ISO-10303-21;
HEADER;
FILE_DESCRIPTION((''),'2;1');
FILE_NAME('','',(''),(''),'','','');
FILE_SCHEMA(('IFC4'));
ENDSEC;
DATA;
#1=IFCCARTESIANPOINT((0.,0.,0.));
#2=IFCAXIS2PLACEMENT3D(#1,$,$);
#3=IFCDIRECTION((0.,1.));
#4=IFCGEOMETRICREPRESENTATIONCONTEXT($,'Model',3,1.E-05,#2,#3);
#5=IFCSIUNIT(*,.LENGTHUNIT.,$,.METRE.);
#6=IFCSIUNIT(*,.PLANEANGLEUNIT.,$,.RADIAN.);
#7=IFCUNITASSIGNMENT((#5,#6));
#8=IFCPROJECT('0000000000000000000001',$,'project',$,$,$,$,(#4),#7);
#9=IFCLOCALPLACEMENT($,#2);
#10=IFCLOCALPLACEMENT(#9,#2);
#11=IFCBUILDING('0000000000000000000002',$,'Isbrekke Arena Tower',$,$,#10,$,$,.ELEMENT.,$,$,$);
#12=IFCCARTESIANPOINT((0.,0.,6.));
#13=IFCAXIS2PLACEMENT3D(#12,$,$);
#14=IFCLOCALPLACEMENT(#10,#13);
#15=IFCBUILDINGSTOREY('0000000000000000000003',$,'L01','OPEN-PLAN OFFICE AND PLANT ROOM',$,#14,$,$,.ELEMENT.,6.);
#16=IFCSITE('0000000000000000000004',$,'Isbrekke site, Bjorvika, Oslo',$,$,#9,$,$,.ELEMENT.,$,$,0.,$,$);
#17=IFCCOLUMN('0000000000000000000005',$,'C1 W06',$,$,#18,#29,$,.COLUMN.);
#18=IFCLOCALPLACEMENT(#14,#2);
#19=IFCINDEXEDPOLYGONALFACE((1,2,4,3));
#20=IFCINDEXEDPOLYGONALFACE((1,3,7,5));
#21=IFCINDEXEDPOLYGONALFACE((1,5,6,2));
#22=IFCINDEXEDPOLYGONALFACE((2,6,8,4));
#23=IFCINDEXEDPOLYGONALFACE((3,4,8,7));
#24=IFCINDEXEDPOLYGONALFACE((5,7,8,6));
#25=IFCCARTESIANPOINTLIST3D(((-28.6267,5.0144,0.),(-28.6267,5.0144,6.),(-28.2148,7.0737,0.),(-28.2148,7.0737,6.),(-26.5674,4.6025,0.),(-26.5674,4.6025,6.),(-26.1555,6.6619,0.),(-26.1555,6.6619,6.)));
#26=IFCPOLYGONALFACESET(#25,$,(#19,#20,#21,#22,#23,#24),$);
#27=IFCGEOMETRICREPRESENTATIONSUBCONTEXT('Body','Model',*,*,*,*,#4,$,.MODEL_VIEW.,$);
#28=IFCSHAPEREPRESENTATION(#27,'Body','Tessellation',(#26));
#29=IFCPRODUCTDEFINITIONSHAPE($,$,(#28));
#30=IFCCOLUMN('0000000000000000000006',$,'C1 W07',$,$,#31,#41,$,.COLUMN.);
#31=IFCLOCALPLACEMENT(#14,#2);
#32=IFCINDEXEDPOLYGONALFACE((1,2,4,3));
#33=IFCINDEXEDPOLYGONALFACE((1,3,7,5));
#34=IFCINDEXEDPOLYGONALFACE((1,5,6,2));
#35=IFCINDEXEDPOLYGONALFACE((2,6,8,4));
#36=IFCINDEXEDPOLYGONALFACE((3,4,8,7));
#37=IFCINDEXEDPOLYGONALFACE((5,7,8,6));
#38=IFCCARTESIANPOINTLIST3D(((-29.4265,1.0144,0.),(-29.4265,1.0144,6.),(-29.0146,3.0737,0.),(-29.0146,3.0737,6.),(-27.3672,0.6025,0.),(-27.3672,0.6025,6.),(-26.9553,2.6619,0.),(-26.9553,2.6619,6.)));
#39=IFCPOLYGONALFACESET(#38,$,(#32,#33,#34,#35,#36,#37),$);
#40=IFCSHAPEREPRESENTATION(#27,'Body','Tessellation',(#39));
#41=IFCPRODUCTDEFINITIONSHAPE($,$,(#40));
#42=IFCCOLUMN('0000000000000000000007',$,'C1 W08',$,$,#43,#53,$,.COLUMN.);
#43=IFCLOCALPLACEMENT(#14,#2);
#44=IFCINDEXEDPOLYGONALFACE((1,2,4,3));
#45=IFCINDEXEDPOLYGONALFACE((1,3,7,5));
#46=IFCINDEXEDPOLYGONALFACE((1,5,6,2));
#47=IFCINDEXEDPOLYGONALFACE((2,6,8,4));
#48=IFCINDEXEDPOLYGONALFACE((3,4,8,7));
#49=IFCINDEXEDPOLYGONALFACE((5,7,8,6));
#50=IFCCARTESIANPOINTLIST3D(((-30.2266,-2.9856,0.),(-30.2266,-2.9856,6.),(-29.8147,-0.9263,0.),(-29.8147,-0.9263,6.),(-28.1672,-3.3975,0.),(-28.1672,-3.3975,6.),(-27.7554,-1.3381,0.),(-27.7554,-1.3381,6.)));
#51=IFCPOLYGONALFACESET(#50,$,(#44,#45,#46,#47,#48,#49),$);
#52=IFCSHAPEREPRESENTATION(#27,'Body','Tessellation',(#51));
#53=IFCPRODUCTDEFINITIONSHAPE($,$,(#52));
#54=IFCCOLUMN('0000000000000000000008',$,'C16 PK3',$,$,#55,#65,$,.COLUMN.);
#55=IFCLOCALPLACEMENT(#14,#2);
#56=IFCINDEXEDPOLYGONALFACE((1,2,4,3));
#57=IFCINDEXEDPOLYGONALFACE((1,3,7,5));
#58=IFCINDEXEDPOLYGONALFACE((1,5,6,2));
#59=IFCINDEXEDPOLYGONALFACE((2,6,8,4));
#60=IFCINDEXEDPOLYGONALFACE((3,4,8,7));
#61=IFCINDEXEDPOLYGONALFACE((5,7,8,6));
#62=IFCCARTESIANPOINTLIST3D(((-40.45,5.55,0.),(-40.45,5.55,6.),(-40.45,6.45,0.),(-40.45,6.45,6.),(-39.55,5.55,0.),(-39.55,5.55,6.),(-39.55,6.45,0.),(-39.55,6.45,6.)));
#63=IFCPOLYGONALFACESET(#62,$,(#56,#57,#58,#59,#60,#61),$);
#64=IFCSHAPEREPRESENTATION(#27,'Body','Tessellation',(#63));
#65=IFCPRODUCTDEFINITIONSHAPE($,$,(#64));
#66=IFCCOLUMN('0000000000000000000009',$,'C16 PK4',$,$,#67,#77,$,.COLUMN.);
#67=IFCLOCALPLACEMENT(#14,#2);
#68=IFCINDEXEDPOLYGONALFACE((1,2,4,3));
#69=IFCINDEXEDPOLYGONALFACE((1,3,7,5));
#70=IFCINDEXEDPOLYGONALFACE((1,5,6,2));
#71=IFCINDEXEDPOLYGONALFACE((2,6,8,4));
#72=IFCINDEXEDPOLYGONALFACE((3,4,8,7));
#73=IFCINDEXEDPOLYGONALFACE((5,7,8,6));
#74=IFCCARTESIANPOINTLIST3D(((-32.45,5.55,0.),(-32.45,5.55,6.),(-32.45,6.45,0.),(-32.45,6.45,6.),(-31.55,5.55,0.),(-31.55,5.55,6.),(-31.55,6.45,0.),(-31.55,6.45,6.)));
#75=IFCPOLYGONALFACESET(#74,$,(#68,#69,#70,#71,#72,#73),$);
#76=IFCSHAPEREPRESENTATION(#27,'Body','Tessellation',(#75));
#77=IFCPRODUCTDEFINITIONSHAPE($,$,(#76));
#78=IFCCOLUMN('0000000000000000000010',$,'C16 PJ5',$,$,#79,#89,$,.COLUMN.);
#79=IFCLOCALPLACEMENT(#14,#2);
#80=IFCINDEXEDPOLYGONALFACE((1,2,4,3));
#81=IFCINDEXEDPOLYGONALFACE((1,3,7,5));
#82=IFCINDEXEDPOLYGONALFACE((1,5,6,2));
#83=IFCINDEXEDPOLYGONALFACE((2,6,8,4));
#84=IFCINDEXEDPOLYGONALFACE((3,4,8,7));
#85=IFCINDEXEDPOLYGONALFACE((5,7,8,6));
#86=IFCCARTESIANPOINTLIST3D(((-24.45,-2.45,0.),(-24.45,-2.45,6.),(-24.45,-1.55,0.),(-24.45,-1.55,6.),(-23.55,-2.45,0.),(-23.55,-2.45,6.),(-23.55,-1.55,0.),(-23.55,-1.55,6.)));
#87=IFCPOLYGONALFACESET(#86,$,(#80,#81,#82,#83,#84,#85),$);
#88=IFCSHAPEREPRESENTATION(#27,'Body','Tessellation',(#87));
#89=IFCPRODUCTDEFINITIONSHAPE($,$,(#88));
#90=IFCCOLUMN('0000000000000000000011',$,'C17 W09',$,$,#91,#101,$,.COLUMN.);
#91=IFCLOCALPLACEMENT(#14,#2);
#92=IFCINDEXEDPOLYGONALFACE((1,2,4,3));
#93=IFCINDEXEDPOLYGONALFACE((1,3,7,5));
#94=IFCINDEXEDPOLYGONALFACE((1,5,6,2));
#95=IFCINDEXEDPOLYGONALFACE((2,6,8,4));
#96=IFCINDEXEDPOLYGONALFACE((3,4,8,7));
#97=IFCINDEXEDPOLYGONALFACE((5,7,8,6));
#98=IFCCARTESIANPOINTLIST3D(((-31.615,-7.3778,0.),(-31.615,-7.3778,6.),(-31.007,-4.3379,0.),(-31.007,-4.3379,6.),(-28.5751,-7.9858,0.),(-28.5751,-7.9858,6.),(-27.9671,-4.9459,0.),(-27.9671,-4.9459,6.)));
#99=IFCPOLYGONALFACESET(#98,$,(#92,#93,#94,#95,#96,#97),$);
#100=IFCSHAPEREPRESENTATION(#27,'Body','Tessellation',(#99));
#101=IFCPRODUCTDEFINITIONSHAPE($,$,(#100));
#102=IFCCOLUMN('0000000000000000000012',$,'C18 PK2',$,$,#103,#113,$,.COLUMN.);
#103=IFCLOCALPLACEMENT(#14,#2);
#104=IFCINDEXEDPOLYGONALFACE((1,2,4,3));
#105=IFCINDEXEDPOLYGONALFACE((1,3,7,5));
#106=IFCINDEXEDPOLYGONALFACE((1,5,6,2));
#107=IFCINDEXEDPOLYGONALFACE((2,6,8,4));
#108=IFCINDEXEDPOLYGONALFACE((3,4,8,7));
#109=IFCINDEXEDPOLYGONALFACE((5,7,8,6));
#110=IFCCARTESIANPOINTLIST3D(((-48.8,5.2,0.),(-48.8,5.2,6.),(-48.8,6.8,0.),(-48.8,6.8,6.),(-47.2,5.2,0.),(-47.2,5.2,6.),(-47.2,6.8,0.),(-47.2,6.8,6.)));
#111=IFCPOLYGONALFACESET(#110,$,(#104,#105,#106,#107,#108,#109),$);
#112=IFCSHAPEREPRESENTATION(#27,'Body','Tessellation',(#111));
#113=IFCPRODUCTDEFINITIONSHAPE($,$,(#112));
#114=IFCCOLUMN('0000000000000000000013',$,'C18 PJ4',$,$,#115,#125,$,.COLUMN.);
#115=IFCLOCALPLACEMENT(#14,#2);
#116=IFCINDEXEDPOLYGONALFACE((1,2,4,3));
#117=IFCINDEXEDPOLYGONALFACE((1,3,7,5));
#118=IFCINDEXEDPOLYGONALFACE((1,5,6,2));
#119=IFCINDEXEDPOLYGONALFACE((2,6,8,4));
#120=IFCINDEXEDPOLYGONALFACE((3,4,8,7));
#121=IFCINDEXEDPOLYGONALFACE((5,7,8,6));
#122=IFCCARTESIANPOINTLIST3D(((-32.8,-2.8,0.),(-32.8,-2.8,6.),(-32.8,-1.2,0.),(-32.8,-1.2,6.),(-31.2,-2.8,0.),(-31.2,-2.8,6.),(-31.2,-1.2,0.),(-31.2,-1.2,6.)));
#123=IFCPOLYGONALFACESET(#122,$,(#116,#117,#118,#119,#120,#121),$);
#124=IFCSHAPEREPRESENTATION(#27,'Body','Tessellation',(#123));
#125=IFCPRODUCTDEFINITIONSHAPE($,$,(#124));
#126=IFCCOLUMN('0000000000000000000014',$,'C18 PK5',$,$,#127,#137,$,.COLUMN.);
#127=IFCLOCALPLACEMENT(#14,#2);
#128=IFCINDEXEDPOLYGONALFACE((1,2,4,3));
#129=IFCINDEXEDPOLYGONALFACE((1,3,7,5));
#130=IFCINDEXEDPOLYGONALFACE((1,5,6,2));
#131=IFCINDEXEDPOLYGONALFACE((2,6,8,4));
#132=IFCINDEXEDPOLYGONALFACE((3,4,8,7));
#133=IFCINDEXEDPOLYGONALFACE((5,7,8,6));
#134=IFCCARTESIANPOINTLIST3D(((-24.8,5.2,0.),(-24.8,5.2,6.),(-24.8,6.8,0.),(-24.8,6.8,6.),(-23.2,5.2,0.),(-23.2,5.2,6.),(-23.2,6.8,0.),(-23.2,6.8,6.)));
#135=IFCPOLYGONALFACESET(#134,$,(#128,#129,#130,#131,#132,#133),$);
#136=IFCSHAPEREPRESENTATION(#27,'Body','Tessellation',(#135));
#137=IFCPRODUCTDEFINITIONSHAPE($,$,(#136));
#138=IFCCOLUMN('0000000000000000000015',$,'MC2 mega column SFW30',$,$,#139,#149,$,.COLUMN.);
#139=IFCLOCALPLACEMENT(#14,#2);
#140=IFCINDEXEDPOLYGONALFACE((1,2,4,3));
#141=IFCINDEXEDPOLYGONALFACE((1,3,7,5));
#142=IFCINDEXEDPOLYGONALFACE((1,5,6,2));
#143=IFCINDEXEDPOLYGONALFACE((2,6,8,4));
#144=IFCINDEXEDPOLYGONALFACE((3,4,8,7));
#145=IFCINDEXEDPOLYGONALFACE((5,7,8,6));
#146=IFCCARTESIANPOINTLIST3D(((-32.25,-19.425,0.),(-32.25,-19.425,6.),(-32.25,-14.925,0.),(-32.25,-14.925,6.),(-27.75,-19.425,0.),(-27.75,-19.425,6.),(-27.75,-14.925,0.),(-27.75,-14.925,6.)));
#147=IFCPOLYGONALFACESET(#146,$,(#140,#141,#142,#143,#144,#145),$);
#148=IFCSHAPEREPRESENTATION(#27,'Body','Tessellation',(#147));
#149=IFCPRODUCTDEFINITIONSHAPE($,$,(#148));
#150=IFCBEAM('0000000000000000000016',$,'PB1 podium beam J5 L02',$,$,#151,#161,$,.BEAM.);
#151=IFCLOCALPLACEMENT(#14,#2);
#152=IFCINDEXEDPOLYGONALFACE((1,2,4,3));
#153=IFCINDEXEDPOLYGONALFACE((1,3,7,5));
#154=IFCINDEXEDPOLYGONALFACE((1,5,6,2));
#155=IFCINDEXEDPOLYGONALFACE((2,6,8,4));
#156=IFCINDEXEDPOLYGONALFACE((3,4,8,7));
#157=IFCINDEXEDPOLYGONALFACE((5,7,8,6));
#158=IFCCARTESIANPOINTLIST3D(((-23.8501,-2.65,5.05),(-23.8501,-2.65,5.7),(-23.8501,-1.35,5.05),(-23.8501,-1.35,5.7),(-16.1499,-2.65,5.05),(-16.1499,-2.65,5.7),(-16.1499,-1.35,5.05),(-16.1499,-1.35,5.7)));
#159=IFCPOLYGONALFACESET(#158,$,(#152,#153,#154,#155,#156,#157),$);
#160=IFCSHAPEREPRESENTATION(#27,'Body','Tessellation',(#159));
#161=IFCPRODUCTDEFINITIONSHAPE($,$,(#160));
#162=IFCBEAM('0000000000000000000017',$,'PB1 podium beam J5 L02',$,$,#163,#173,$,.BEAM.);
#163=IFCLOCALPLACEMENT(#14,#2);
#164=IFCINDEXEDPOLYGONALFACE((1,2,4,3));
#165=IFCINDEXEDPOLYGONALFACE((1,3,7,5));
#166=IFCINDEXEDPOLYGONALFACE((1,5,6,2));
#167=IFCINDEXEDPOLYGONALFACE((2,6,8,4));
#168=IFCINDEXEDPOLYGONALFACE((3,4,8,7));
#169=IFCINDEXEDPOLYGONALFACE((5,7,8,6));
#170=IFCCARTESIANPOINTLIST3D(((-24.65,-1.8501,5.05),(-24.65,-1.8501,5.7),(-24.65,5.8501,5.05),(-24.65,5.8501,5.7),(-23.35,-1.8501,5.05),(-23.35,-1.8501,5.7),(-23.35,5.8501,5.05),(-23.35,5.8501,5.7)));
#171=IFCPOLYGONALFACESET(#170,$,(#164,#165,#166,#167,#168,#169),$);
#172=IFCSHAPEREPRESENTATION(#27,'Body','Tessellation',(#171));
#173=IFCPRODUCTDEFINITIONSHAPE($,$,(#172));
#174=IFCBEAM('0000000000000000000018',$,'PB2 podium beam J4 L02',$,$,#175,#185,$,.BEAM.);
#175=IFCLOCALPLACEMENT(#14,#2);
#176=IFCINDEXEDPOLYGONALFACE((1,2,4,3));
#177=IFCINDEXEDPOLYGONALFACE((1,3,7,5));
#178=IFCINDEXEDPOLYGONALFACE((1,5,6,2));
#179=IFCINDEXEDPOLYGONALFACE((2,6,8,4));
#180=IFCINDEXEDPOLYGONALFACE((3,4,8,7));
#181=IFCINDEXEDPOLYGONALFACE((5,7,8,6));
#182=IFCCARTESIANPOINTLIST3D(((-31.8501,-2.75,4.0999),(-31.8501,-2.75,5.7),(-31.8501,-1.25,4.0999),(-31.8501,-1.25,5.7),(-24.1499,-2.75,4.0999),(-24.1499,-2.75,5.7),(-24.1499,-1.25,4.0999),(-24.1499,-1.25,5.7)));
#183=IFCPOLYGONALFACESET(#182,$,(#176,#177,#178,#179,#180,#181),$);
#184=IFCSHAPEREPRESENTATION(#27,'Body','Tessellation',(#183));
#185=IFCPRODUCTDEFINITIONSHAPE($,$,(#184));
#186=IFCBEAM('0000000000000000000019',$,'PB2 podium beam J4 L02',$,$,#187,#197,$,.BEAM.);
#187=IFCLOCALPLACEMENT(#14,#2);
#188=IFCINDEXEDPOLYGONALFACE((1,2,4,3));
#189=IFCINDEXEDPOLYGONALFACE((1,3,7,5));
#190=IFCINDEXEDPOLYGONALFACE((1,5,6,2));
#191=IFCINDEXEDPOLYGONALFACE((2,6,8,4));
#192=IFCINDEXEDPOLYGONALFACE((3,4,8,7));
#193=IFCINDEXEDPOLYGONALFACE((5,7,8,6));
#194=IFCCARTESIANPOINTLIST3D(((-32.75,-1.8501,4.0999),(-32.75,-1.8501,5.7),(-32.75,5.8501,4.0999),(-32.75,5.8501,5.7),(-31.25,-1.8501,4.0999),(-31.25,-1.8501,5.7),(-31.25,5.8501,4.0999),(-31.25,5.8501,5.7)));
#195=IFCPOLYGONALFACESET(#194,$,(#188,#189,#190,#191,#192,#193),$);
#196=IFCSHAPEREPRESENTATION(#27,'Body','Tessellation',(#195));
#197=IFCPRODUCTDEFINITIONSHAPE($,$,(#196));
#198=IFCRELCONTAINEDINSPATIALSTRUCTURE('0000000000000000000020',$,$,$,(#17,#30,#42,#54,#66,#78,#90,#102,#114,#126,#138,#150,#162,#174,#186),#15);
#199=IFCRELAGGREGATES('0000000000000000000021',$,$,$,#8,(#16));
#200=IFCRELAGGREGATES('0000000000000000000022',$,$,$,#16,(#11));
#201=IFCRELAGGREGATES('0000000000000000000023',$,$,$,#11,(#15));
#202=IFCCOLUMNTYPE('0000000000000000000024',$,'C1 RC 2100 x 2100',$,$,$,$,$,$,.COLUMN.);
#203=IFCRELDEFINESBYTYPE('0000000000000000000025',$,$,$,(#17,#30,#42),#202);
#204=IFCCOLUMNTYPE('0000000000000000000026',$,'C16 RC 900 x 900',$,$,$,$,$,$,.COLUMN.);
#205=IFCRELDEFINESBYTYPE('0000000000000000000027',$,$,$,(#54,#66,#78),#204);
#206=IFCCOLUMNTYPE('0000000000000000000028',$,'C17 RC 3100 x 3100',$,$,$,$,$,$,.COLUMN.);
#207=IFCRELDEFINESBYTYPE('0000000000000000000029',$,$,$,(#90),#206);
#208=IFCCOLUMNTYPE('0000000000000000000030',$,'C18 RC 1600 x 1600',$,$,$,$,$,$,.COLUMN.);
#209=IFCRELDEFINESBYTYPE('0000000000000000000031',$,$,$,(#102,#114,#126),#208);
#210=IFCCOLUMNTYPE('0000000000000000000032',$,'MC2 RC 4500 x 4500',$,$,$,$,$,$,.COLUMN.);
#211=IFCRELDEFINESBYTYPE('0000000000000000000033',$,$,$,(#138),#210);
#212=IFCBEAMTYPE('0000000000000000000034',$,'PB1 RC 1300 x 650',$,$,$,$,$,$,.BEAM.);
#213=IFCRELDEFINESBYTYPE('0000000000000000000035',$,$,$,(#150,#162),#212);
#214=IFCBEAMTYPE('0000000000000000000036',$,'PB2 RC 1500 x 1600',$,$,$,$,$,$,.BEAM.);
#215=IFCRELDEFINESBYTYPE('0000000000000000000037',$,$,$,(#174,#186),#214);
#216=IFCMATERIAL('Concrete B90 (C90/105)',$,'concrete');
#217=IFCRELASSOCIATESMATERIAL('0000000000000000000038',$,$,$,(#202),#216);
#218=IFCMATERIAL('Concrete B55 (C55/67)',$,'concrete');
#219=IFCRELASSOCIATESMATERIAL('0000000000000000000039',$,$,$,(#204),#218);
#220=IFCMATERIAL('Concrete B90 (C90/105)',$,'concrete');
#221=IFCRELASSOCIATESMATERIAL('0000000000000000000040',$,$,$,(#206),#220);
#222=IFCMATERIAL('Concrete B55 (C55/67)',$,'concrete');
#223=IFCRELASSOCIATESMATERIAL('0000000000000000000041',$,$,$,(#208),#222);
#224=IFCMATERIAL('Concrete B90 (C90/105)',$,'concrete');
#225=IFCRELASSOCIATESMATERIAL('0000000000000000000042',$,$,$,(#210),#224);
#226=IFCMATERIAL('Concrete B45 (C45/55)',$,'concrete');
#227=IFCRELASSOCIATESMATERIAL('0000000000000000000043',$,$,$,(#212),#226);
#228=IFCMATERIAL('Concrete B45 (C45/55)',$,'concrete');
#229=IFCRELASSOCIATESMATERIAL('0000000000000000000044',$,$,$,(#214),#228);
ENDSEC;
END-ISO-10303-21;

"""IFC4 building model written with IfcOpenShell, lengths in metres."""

from ifc_helpers import new_model, si_unit, direction, frame, origin, origin_2d, place, context, subcontext, project, spatial, rectangle, extrude, material, material_profile, profile_set, type_object, element, save


model = new_model("IFC4")

# Units and contexts
model_context = context("Model", 3, precision=1e-05, world=origin(), true_north=direction((0.0, 1.0)))
body_context = subcontext(model_context, "Body", "Model", "MODEL_VIEW")
ifc_project = project(units=[si_unit("LENGTHUNIT", "METRE"), si_unit("PLANEANGLEUNIT", "RADIAN")], contexts=[model_context])

# Site, building, storey
site_placement = place(None, origin())
site = spatial("IfcSite", under=ifc_project, at=site_placement, Name="Isbrekke site, Bjorvika, Oslo", CompositionType="ELEMENT", RefElevation=0.0)
building_placement = place(site_placement, origin())
building = spatial("IfcBuilding", under=site, at=building_placement, Name="Isbrekke Arena Tower", CompositionType="ELEMENT")
storey_placement = place(building_placement, frame((0.0, 0.0, 6.0)))
storey = spatial("IfcBuildingStorey", under=building, at=storey_placement, Name="L01", Description="OPEN-PLAN OFFICE AND PLANT ROOM", CompositionType="ELEMENT", Elevation=6.0)

# Columns
ifc_material_1 = material(Name="Concrete B90 (C90/105)", Category="concrete")
ifc_material_profile_1 = material_profile(ifc_material_1, rectangle(XDim=2.1001, YDim=2.1001, at=origin_2d()), Name="RC 2100x2100")
ifc_profile_set_1 = profile_set([ifc_material_profile_1], Name="Concrete B90 (C90/105)")
column_type_1 = type_object("IfcColumnType", Name="C1 RC 2100 x 2100", PredefinedType="COLUMN", material=ifc_profile_set_1)
for number, where, z_axis, x_axis, name in (
    (1, (-27.3911, 5.8381, 0.0), (0.0, 0.0, 1.0), (-0.196116, -0.980581, 0.0), "C1 W06"),
    (2, (-28.1909, 1.8381, 0.0), (0.0, 0.0, 1.0), (-0.196116, -0.980581, 0.0), "C1 W07"),
    (3, (-28.991, -2.1619, 0.0), (0.0, 0.0, 1.0), (-0.196116, -0.980581, 0.0), "C1 W08"),
):
    element("IfcColumn", number, at=place(storey_placement, frame(where, z_axis=z_axis, x_axis=x_axis)), inside=storey, type_object=column_type_1, Name=name, PredefinedType="COLUMN", context=body_context, shape_type="SweptSolid", body=[
        extrude(rectangle(XDim=2.1001, YDim=2.1001, at=origin_2d()), origin(), (0.0, 0.0, 1.0), 6.0),
    ])
ifc_material_2 = material(Name="Concrete B55 (C55/67)", Category="concrete")
ifc_material_profile_2 = material_profile(ifc_material_2, rectangle(XDim=0.8999, YDim=0.8999, at=origin_2d()), Name="RC 900x900")
ifc_profile_set_2 = profile_set([ifc_material_profile_2], Name="Concrete B55 (C55/67)")
column_type_2 = type_object("IfcColumnType", Name="C16 RC 900 x 900", PredefinedType="COLUMN", material=ifc_profile_set_2)
for number, where, z_axis, x_axis, name in (
    (4, (-40.0, 6.0, 0.0), (0.0, 0.0, 1.0), (1.0, 0.0, 0.0), "C16 PK3"),
    (5, (-32.0, 6.0, 0.0), (0.0, 0.0, 1.0), (1.0, 0.0, 0.0), "C16 PK4"),
    (6, (-24.0, -2.0, 0.0), (0.0, 0.0, 1.0), (1.0, 0.0, 0.0), "C16 PJ5"),
):
    element("IfcColumn", number, at=place(storey_placement, frame(where, z_axis=z_axis, x_axis=x_axis)), inside=storey, type_object=column_type_2, Name=name, PredefinedType="COLUMN", context=body_context, shape_type="SweptSolid", body=[
        extrude(rectangle(XDim=0.8999, YDim=0.8999, at=origin_2d()), origin(), (0.0, 0.0, 1.0), 6.0),
    ])
ifc_material_3 = material(Name="Concrete B90 (C90/105)", Category="concrete")
ifc_material_profile_3 = material_profile(ifc_material_3, rectangle(XDim=3.1001, YDim=3.1001, at=origin_2d()), Name="RC 3100x3100")
ifc_profile_set_3 = profile_set([ifc_material_profile_3], Name="Concrete B90 (C90/105)")
column_type_3 = type_object("IfcColumnType", Name="C17 RC 3100 x 3100", PredefinedType="COLUMN", material=ifc_profile_set_3)
column_1_placement = place(storey_placement, frame((-29.791, -6.1619, 0.0), z_axis=(0.0, 0.0, 1.0), x_axis=(-0.196116, -0.980581, 0.0)))
element("IfcColumn", 7, at=column_1_placement, inside=storey, type_object=column_type_3, Name="C17 W09", PredefinedType="COLUMN", context=body_context, shape_type="SweptSolid", body=[
    extrude(rectangle(XDim=3.1001, YDim=3.1001, at=origin_2d()), origin(), (0.0, 0.0, 1.0), 6.0),
])
ifc_material_4 = material(Name="Concrete B55 (C55/67)", Category="concrete")
ifc_material_profile_4 = material_profile(ifc_material_4, rectangle(XDim=1.6001, YDim=1.6001, at=origin_2d()), Name="RC 1600x1600")
ifc_profile_set_4 = profile_set([ifc_material_profile_4], Name="Concrete B55 (C55/67)")
column_type_4 = type_object("IfcColumnType", Name="C18 RC 1600 x 1600", PredefinedType="COLUMN", material=ifc_profile_set_4)
for number, where, z_axis, x_axis, name in (
    (8, (-48.0, 6.0, 0.0), (0.0, 0.0, 1.0), (1.0, 0.0, 0.0), "C18 PK2"),
    (9, (-32.0, -2.0, 0.0), (0.0, 0.0, 1.0), (1.0, 0.0, 0.0), "C18 PJ4"),
    (10, (-24.0, 6.0, 0.0), (0.0, 0.0, 1.0), (1.0, 0.0, 0.0), "C18 PK5"),
):
    element("IfcColumn", number, at=place(storey_placement, frame(where, z_axis=z_axis, x_axis=x_axis)), inside=storey, type_object=column_type_4, Name=name, PredefinedType="COLUMN", context=body_context, shape_type="SweptSolid", body=[
        extrude(rectangle(XDim=1.6001, YDim=1.6001, at=origin_2d()), origin(), (0.0, 0.0, 1.0), 6.0),
    ])
ifc_material_5 = material(Name="Concrete B90 (C90/105)", Category="concrete")
ifc_material_profile_5 = material_profile(ifc_material_5, rectangle(XDim=4.5, YDim=4.5, at=origin_2d()), Name="RC 4500x4500")
ifc_profile_set_5 = profile_set([ifc_material_profile_5], Name="Concrete B90 (C90/105)")
column_type_5 = type_object("IfcColumnType", Name="MC2 RC 4500 x 4500", PredefinedType="COLUMN", material=ifc_profile_set_5)
column_2_placement = place(storey_placement, frame((-30.0, -17.175, 0.0), z_axis=(0.0, 0.0, 1.0), x_axis=(1.0, 0.0, 0.0)))
element("IfcColumn", 11, at=column_2_placement, inside=storey, type_object=column_type_5, Name="MC2 mega column SFW30", PredefinedType="COLUMN", context=body_context, shape_type="SweptSolid", body=[
    extrude(rectangle(XDim=4.5, YDim=4.5, at=origin_2d()), origin(), (0.0, 0.0, 1.0), 6.0),
])

# Beams
ifc_material_6 = material(Name="Concrete B45 (C45/55)", Category="concrete")
ifc_material_profile_6 = material_profile(ifc_material_6, rectangle(XDim=1.3, YDim=0.6499, at=origin_2d()), Name="RC 1300x650")
ifc_profile_set_6 = profile_set([ifc_material_profile_6], Name="Concrete B45 (C45/55)")
beam_type_1 = type_object("IfcBeamType", Name="PB1 RC 1300 x 650", PredefinedType="BEAM", material=ifc_profile_set_6)
for number, where, z_axis, x_axis, name in (
    (12, (-23.8501, -2.0, 5.375), (1.0, 0.0, 0.0), (0.0, 1.0, 0.0), "PB1 podium beam J5 L02"),
    (13, (-24.0, -1.8501, 5.375), (0.0, 1.0, 0.0), (-1.0, 0.0, 0.0), "PB1 podium beam J5 L02"),
):
    element("IfcBeam", number, at=place(storey_placement, frame(where, z_axis=z_axis, x_axis=x_axis)), inside=storey, type_object=beam_type_1, Name=name, PredefinedType="BEAM", context=body_context, shape_type="SweptSolid", body=[
        extrude(rectangle(XDim=1.3, YDim=0.6499, at=origin_2d()), origin(), (0.0, 0.0, 1.0), 7.7002),
    ])
ifc_material_7 = material(Name="Concrete B45 (C45/55)", Category="concrete")
ifc_material_profile_7 = material_profile(ifc_material_7, rectangle(XDim=1.5, YDim=1.6001, at=origin_2d()), Name="RC 1500x1600")
ifc_profile_set_7 = profile_set([ifc_material_profile_7], Name="Concrete B45 (C45/55)")
beam_type_2 = type_object("IfcBeamType", Name="PB2 RC 1500 x 1600", PredefinedType="BEAM", material=ifc_profile_set_7)
for number, where, z_axis, x_axis, name in (
    (14, (-31.8501, -2.0, 4.8999), (1.0, 0.0, 0.0), (0.0, 1.0, 0.0), "PB2 podium beam J4 L02"),
    (15, (-32.0, -1.8501, 4.8999), (0.0, 1.0, 0.0), (-1.0, 0.0, 0.0), "PB2 podium beam J4 L02"),
):
    element("IfcBeam", number, at=place(storey_placement, frame(where, z_axis=z_axis, x_axis=x_axis)), inside=storey, type_object=beam_type_2, Name=name, PredefinedType="BEAM", context=body_context, shape_type="SweptSolid", body=[
        extrude(rectangle(XDim=1.5, YDim=1.6001, at=origin_2d()), origin(), (0.0, 0.0, 1.0), 7.7002),
    ])

save(model, "model.ifc")
